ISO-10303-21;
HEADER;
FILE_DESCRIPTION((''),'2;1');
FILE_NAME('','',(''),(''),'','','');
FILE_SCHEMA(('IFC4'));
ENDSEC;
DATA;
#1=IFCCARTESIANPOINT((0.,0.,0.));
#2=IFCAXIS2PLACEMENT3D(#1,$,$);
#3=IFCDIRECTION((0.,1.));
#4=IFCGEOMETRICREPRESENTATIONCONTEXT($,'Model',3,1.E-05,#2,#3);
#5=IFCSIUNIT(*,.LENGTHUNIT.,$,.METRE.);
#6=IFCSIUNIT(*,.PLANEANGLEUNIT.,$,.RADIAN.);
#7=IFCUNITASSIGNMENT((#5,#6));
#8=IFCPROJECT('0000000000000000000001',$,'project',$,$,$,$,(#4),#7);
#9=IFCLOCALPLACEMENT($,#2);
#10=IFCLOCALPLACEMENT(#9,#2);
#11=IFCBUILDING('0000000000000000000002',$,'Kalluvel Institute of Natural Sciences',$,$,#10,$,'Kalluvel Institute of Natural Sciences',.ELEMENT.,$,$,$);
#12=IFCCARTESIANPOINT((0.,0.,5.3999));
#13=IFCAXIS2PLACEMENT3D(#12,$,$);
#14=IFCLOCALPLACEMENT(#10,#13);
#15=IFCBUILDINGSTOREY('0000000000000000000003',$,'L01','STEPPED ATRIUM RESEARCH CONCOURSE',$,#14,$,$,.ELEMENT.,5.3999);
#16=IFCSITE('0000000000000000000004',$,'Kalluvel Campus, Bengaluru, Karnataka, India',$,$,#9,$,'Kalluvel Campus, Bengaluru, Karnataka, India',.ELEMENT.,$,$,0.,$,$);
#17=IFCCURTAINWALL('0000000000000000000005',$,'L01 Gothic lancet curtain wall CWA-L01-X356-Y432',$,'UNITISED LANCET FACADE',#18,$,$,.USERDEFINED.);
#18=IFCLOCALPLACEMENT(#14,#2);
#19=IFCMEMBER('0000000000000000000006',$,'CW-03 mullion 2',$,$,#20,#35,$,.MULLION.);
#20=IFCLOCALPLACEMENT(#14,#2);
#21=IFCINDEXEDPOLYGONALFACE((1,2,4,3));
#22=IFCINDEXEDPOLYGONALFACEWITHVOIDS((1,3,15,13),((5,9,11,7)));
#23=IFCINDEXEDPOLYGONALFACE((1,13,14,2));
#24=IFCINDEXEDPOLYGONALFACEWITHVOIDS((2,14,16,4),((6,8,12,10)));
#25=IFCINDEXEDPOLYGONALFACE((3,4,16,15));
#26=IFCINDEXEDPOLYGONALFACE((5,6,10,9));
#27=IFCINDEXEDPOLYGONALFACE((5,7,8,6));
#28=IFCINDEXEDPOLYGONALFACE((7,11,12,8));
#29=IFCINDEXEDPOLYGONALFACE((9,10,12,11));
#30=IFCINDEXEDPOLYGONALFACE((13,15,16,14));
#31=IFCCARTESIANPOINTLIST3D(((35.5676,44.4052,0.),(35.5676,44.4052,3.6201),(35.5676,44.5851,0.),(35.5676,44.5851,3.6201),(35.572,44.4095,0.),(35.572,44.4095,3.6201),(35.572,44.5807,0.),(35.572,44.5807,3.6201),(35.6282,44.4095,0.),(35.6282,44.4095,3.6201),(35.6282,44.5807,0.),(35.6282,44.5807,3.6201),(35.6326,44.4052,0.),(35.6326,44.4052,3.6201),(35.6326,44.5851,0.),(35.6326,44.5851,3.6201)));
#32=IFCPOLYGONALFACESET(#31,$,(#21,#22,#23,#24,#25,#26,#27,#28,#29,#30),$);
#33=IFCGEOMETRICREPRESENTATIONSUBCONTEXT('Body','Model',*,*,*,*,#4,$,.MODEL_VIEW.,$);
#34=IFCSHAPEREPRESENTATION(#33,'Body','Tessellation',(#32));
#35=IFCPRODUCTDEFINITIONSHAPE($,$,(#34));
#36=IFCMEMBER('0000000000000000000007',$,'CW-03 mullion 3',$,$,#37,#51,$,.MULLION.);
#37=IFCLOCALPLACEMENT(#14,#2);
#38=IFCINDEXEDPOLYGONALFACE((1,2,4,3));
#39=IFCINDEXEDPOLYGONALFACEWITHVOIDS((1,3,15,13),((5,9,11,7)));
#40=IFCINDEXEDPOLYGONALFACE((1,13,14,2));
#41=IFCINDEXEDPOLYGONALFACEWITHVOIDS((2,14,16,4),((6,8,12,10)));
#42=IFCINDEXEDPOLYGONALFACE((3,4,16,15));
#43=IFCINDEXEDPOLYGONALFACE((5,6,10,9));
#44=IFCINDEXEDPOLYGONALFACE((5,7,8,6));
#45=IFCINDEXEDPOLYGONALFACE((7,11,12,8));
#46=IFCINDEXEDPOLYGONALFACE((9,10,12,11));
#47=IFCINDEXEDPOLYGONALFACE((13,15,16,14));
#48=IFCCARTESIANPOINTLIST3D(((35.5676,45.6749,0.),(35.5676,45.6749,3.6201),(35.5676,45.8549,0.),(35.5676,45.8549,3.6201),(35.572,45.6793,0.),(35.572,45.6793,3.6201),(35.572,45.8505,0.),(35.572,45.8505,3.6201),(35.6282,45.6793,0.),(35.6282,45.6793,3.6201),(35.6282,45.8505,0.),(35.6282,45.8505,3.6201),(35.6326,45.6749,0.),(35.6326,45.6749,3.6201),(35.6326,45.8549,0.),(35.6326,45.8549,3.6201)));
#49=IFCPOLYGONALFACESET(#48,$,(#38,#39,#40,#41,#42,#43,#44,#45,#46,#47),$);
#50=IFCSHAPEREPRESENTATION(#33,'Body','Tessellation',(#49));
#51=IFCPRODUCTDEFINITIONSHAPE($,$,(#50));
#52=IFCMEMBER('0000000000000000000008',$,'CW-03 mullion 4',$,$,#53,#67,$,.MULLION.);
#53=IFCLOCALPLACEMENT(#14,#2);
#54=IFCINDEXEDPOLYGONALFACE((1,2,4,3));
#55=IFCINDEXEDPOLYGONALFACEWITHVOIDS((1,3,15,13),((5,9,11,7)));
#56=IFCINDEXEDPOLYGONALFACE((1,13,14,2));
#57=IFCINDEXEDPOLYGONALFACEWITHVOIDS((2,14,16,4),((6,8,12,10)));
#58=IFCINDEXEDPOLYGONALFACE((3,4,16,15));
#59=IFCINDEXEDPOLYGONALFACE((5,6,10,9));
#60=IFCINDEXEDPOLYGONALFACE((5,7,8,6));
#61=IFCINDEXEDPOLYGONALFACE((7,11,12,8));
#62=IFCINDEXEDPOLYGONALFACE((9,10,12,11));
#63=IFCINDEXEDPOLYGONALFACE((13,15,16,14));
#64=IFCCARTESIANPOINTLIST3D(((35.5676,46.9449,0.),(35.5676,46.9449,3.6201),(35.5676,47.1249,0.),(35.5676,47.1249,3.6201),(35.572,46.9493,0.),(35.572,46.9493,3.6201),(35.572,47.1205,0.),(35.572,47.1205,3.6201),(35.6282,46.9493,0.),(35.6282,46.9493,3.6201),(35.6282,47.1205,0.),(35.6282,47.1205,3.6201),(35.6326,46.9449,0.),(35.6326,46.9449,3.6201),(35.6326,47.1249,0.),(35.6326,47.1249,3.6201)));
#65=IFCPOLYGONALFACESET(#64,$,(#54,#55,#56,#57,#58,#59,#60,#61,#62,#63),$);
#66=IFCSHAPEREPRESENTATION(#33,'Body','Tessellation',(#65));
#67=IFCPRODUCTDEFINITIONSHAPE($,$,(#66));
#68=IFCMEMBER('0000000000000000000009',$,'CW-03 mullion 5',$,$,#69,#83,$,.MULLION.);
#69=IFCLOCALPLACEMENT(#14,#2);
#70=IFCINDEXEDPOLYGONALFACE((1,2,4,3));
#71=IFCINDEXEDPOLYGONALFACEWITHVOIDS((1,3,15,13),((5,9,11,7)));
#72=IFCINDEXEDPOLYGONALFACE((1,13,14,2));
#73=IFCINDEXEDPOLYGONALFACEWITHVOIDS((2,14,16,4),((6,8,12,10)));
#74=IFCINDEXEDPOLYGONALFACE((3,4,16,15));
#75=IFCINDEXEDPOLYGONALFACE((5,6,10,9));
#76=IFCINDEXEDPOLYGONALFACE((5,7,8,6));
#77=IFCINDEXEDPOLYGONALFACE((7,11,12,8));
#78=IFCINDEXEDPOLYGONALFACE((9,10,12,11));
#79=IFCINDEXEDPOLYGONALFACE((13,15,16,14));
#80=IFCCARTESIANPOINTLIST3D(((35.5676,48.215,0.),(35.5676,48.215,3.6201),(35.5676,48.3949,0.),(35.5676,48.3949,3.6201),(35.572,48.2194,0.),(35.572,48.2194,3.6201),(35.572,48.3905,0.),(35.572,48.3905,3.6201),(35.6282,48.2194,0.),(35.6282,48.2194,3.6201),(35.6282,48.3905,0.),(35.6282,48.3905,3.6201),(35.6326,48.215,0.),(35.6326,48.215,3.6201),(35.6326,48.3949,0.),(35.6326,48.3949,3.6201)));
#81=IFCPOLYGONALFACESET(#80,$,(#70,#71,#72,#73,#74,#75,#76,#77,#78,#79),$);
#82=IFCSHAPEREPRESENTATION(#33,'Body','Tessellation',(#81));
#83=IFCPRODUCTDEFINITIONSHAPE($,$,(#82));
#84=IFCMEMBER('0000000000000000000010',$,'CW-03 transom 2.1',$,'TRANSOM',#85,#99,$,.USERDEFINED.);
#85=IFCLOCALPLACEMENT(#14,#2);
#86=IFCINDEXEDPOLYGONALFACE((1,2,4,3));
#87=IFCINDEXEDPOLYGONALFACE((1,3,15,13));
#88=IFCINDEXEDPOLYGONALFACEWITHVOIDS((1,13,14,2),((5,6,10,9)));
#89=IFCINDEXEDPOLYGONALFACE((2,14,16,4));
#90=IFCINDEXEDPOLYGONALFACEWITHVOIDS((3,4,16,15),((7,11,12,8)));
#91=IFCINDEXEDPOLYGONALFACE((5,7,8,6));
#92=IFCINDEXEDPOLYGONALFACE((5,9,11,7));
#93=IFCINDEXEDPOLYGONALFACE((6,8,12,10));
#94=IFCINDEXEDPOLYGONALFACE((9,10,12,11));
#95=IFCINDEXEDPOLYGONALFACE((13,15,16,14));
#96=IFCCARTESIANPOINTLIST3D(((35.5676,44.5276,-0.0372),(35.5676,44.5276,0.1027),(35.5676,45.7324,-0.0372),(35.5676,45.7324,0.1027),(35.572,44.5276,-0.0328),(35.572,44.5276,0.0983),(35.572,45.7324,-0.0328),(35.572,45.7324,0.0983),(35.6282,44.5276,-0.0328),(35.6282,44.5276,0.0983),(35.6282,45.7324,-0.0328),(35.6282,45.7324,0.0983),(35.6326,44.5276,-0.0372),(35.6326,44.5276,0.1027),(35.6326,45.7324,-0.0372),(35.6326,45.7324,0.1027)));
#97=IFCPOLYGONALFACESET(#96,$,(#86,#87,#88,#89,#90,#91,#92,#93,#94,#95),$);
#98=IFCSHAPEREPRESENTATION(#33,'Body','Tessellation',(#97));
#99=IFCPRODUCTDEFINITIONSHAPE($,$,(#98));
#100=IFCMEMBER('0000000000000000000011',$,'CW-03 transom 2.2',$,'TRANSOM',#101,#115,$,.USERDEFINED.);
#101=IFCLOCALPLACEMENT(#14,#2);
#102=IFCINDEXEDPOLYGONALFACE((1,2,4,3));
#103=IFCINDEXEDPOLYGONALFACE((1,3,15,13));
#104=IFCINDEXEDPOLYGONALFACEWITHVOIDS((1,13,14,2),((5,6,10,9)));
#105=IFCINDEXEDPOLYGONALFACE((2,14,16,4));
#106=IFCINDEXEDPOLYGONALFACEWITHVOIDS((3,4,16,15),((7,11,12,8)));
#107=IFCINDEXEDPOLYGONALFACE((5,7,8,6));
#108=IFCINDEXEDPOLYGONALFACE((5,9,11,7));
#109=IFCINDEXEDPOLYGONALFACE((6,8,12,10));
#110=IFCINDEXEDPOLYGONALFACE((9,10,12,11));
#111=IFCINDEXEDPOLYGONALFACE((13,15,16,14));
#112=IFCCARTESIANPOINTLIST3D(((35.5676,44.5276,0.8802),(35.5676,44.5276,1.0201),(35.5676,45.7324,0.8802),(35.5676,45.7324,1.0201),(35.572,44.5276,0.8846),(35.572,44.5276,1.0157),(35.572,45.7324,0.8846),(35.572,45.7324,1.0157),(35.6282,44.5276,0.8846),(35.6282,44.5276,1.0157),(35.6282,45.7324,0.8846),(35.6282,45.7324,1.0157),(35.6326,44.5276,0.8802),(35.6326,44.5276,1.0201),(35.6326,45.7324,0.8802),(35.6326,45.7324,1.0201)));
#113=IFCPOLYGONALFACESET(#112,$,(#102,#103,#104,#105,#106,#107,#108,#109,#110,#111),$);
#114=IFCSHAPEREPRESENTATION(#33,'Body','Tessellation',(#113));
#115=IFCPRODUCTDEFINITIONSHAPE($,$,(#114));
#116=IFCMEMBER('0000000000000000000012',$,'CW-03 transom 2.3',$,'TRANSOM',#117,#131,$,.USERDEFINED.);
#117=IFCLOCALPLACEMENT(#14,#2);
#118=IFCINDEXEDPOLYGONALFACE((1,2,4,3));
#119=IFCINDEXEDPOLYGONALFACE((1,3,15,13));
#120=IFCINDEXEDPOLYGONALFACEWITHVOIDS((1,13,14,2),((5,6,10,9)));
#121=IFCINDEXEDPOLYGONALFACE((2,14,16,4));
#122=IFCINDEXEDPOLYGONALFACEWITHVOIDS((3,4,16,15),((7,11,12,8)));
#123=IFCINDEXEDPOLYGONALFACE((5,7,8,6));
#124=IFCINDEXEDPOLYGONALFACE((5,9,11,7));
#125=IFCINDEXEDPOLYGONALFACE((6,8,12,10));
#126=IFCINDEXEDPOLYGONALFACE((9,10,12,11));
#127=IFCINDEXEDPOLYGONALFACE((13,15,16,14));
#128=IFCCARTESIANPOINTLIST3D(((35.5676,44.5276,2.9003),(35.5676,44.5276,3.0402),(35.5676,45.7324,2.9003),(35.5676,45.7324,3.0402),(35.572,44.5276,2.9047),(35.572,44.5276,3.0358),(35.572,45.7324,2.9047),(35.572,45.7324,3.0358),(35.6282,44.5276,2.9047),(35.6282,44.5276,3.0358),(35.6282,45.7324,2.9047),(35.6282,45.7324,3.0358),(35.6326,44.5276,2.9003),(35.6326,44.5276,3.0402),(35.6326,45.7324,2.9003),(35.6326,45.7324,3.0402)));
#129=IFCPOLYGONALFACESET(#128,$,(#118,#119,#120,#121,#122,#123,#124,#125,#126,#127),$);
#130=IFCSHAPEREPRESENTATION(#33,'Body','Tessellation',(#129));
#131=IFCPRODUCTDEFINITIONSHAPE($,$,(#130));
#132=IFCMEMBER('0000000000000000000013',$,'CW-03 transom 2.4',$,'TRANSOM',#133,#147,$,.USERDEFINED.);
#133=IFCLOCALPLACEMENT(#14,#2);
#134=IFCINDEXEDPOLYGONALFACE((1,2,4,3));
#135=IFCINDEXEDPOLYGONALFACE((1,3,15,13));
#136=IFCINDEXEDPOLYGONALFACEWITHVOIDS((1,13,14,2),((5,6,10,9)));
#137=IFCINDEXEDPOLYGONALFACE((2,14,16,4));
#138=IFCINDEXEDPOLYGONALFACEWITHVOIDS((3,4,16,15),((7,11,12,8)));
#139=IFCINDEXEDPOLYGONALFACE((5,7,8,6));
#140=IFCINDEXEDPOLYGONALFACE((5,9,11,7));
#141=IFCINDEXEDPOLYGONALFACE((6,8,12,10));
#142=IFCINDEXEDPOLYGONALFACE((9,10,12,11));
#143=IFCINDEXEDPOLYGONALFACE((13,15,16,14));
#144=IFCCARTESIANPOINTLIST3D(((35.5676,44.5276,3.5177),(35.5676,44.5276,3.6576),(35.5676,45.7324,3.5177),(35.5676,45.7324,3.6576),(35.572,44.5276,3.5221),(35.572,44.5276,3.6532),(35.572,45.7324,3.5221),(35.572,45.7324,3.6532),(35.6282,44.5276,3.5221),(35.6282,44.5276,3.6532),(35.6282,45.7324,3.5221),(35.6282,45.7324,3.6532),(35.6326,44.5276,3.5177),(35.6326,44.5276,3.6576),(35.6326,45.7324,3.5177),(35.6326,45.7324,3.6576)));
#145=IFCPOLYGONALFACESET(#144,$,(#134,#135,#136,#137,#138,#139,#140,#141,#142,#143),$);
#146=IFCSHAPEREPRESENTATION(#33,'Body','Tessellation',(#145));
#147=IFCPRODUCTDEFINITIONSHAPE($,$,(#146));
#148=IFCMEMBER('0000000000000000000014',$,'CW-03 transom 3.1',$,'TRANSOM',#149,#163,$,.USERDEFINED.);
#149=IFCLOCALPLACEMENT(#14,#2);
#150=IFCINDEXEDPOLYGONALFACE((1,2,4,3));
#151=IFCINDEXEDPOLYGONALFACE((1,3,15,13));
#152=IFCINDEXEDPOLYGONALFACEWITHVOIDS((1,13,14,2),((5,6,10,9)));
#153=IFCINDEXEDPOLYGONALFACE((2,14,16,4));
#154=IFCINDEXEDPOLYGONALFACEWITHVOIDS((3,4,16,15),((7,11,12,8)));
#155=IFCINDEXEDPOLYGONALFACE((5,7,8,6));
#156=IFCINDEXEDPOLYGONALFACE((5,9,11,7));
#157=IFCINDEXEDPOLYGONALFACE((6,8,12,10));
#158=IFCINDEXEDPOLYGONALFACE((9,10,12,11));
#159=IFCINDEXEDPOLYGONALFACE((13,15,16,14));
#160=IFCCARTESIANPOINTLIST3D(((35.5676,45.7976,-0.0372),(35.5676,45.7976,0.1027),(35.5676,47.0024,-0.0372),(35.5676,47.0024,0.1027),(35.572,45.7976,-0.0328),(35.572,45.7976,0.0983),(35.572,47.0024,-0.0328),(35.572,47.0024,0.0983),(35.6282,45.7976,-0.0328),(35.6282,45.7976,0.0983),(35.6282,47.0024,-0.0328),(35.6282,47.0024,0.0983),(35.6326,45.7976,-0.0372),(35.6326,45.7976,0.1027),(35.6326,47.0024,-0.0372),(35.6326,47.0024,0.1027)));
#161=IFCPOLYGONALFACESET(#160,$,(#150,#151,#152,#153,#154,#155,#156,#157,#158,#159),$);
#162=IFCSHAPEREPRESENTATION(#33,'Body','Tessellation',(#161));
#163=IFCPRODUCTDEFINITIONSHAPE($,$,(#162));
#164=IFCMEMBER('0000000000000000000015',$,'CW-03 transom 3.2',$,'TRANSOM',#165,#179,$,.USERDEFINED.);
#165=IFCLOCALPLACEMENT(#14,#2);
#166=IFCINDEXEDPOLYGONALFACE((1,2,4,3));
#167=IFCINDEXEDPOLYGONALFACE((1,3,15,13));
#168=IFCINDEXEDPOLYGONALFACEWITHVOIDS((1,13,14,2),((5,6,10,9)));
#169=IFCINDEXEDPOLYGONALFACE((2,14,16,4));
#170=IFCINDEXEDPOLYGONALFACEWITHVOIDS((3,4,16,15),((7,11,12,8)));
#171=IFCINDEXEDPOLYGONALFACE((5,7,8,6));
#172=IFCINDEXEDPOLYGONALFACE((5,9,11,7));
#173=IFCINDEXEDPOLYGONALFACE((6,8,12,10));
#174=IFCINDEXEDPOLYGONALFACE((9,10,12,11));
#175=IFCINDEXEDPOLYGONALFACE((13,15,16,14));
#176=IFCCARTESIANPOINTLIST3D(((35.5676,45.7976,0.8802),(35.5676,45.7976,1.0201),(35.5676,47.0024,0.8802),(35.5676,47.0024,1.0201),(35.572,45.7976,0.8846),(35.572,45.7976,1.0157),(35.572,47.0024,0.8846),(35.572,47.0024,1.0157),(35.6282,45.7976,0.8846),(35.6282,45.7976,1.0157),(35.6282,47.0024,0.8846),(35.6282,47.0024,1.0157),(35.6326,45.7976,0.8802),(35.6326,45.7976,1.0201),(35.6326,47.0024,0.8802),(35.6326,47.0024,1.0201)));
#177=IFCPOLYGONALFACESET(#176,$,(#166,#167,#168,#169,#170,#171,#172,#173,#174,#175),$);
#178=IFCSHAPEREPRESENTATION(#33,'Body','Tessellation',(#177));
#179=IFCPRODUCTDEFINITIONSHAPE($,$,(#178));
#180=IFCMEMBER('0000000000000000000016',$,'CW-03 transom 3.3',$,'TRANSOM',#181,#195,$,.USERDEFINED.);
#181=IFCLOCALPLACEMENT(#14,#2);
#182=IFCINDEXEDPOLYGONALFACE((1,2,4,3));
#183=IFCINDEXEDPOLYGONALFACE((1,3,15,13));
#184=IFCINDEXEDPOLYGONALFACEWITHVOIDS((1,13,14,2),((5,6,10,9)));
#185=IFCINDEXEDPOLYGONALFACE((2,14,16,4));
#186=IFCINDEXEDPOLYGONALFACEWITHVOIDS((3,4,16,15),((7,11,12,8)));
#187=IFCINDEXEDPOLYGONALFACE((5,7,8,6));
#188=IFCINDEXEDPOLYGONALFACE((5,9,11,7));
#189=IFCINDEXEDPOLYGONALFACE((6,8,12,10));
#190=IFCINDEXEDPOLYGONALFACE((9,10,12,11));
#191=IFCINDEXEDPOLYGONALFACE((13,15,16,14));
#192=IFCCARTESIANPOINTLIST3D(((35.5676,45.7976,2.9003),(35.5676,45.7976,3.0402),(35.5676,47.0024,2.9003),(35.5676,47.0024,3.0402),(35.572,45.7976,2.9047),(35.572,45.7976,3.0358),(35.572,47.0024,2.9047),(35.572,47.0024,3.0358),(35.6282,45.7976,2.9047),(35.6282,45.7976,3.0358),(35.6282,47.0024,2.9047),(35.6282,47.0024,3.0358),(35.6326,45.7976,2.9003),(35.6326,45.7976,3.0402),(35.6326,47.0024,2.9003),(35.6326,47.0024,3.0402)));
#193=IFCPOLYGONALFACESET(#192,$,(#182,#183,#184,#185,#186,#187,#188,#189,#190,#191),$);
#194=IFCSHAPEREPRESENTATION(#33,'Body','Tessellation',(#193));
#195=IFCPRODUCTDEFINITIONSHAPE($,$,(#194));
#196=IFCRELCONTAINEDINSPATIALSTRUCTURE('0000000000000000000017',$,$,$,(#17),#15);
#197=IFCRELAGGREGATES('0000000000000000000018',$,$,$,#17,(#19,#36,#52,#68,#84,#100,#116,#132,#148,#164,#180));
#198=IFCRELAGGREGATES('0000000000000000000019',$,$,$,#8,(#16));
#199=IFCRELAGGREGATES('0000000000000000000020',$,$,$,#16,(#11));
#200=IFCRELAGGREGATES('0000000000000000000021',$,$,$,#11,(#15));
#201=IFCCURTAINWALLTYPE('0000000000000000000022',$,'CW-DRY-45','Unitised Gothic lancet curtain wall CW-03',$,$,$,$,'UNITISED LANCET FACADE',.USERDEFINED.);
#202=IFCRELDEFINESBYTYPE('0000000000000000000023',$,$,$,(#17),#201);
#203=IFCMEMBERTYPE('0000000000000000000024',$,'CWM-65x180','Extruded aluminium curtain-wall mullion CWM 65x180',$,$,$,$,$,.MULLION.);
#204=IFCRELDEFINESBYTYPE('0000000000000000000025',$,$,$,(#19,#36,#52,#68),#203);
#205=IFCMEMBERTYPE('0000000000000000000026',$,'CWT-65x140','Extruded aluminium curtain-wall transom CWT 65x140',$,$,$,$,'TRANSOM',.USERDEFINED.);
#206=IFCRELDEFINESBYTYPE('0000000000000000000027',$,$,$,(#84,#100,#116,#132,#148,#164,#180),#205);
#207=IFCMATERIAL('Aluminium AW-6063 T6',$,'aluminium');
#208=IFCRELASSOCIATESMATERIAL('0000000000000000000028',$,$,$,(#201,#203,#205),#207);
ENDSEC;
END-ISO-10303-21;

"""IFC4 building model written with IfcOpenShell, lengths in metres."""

from ifc_helpers import new_model, si_unit, direction, frame, origin, origin_2d, place, context, subcontext, project, spatial, hollow_rectangle, extrude, material, material_profile, profile_set, type_object, element, aggregate, save


model = new_model("IFC4")

# Units and contexts
model_context = context("Model", 3, precision=1e-05, world=origin(), true_north=direction((0.0, 1.0)))
body_context = subcontext(model_context, "Body", "Model", "MODEL_VIEW")
ifc_project = project(units=[si_unit("LENGTHUNIT", "METRE"), si_unit("PLANEANGLEUNIT", "RADIAN")], contexts=[model_context])

# Site, building, storey
site_placement = place(None, origin())
site = spatial("IfcSite", under=ifc_project, at=site_placement, Name="Kalluvel Campus, Bengaluru, Karnataka, India", LongName="Kalluvel Campus, Bengaluru, Karnataka, India", CompositionType="ELEMENT", RefElevation=0.0)
building_placement = place(site_placement, origin())
building = spatial("IfcBuilding", under=site, at=building_placement, Name="Kalluvel Institute of Natural Sciences", LongName="Kalluvel Institute of Natural Sciences", CompositionType="ELEMENT")
storey_placement = place(building_placement, frame((0.0, 0.0, 5.3999)))
storey = spatial("IfcBuildingStorey", under=building, at=storey_placement, Name="L01", Description="STEPPED ATRIUM RESEARCH CONCOURSE", CompositionType="ELEMENT", Elevation=5.3999)

# Curtain wall, members
ifc_material_1 = material(Name="Aluminium AW-6063 T6", Category="aluminium")
curtain_wall_type = type_object("IfcCurtainWallType", Name="CW-DRY-45", Description="Unitised Gothic lancet curtain wall CW-03", ElementType="UNITISED LANCET FACADE", PredefinedType="USERDEFINED", material=ifc_material_1)
curtain_wall_placement = place(storey_placement, origin())
curtain_wall = element("IfcCurtainWall", 1, at=curtain_wall_placement, inside=storey, type_object=curtain_wall_type, Name="L01 Gothic lancet curtain wall CWA-L01-X356-Y432", ObjectType="UNITISED LANCET FACADE", PredefinedType="USERDEFINED")
ifc_material_profile_1 = material_profile(ifc_material_1, hollow_rectangle(XDim=0.0649, YDim=0.1799, WallThickness=0.0044, at=origin_2d()), Name="CWM 65x180")
ifc_profile_set_1 = profile_set([ifc_material_profile_1], Name="Aluminium AW-6063 T6")
member_type_1 = type_object("IfcMemberType", Name="CWM-65x180", Description="Extruded aluminium curtain-wall mullion CWM 65x180", PredefinedType="MULLION", material=ifc_profile_set_1)
member_1_placement = place(storey_placement, frame((35.6001, 44.4951, 0.0), z_axis=(0.0, 0.0, 1.0), x_axis=(-1.0, 0.0, 0.0)))
member_1 = element("IfcMember", 2, at=member_1_placement, type_object=member_type_1, Name="CW-03 mullion 2", PredefinedType="MULLION", context=body_context, shape_type="SweptSolid", body=[
    extrude(hollow_rectangle(XDim=0.0649, YDim=0.1799, WallThickness=0.0044, at=origin_2d()), origin(), (0.0, 0.0, 1.0), 3.6201),
])
member_2_placement = place(storey_placement, frame((35.6001, 45.7649, 0.0), z_axis=(0.0, 0.0, 1.0), x_axis=(-1.0, 0.0, 0.0)))
member_2 = element("IfcMember", 3, at=member_2_placement, type_object=member_type_1, Name="CW-03 mullion 3", PredefinedType="MULLION", context=body_context, shape_type="SweptSolid", body=[
    extrude(hollow_rectangle(XDim=0.0649, YDim=0.1799, WallThickness=0.0044, at=origin_2d()), origin(), (0.0, 0.0, 1.0), 3.6201),
])
member_3_placement = place(storey_placement, frame((35.6001, 47.0349, 0.0), z_axis=(0.0, 0.0, 1.0), x_axis=(-1.0, 0.0, 0.0)))
member_3 = element("IfcMember", 4, at=member_3_placement, type_object=member_type_1, Name="CW-03 mullion 4", PredefinedType="MULLION", context=body_context, shape_type="SweptSolid", body=[
    extrude(hollow_rectangle(XDim=0.0649, YDim=0.1799, WallThickness=0.0044, at=origin_2d()), origin(), (0.0, 0.0, 1.0), 3.6201),
])
member_4_placement = place(storey_placement, frame((35.6001, 48.3049, 0.0), z_axis=(0.0, 0.0, 1.0), x_axis=(-1.0, 0.0, 0.0)))
member_4 = element("IfcMember", 5, at=member_4_placement, type_object=member_type_1, Name="CW-03 mullion 5", PredefinedType="MULLION", context=body_context, shape_type="SweptSolid", body=[
    extrude(hollow_rectangle(XDim=0.0649, YDim=0.1799, WallThickness=0.0044, at=origin_2d()), origin(), (0.0, 0.0, 1.0), 3.6201),
])
ifc_material_profile_2 = material_profile(ifc_material_1, hollow_rectangle(XDim=0.0649, YDim=0.1399, WallThickness=0.0044, at=origin_2d()), Name="CWT 65x140")
ifc_profile_set_2 = profile_set([ifc_material_profile_2], Name="Aluminium AW-6063 T6")
member_type_2 = type_object("IfcMemberType", Name="CWT-65x140", Description="Extruded aluminium curtain-wall transom CWT 65x140", ElementType="TRANSOM", PredefinedType="USERDEFINED", material=ifc_profile_set_2)
member_5_placement = place(storey_placement, frame((35.6001, 44.5276, 0.0327), z_axis=(0.0, 1.0, 0.0), x_axis=(-1.0, 0.0, 0.0)))
member_5 = element("IfcMember", 6, at=member_5_placement, type_object=member_type_2, Name="CW-03 transom 2.1", ObjectType="TRANSOM", PredefinedType="USERDEFINED", context=body_context, shape_type="SweptSolid", body=[
    extrude(hollow_rectangle(XDim=0.0649, YDim=0.1399, WallThickness=0.0044, at=origin_2d()), origin(), (0.0, 0.0, 1.0), 1.2048),
])
member_6_placement = place(storey_placement, frame((35.6001, 44.5276, 0.9502), z_axis=(0.0, 1.0, 0.0), x_axis=(-1.0, 0.0, 0.0)))
member_6 = element("IfcMember", 7, at=member_6_placement, type_object=member_type_2, Name="CW-03 transom 2.2", ObjectType="TRANSOM", PredefinedType="USERDEFINED", context=body_context, shape_type="SweptSolid", body=[
    extrude(hollow_rectangle(XDim=0.0649, YDim=0.1399, WallThickness=0.0044, at=origin_2d()), origin(), (0.0, 0.0, 1.0), 1.2048),
])
member_7_placement = place(storey_placement, frame((35.6001, 44.5276, 2.9702), z_axis=(0.0, 1.0, 0.0), x_axis=(-1.0, 0.0, 0.0)))
member_7 = element("IfcMember", 8, at=member_7_placement, type_object=member_type_2, Name="CW-03 transom 2.3", ObjectType="TRANSOM", PredefinedType="USERDEFINED", context=body_context, shape_type="SweptSolid", body=[
    extrude(hollow_rectangle(XDim=0.0649, YDim=0.1399, WallThickness=0.0044, at=origin_2d()), origin(), (0.0, 0.0, 1.0), 1.2048),
])
member_8_placement = place(storey_placement, frame((35.6001, 44.5276, 3.5876), z_axis=(0.0, 1.0, 0.0), x_axis=(-1.0, 0.0, 0.0)))
member_8 = element("IfcMember", 9, at=member_8_placement, type_object=member_type_2, Name="CW-03 transom 2.4", ObjectType="TRANSOM", PredefinedType="USERDEFINED", context=body_context, shape_type="SweptSolid", body=[
    extrude(hollow_rectangle(XDim=0.0649, YDim=0.1399, WallThickness=0.0044, at=origin_2d()), origin(), (0.0, 0.0, 1.0), 1.2048),
])
member_9_placement = place(storey_placement, frame((35.6001, 45.7976, 0.0327), z_axis=(0.0, 1.0, 0.0), x_axis=(-1.0, 0.0, 0.0)))
member_9 = element("IfcMember", 10, at=member_9_placement, type_object=member_type_2, Name="CW-03 transom 3.1", ObjectType="TRANSOM", PredefinedType="USERDEFINED", context=body_context, shape_type="SweptSolid", body=[
    extrude(hollow_rectangle(XDim=0.0649, YDim=0.1399, WallThickness=0.0044, at=origin_2d()), origin(), (0.0, 0.0, 1.0), 1.2048),
])
member_10_placement = place(storey_placement, frame((35.6001, 45.7976, 0.9502), z_axis=(0.0, 1.0, 0.0), x_axis=(-1.0, 0.0, 0.0)))
member_10 = element("IfcMember", 11, at=member_10_placement, type_object=member_type_2, Name="CW-03 transom 3.2", ObjectType="TRANSOM", PredefinedType="USERDEFINED", context=body_context, shape_type="SweptSolid", body=[
    extrude(hollow_rectangle(XDim=0.0649, YDim=0.1399, WallThickness=0.0044, at=origin_2d()), origin(), (0.0, 0.0, 1.0), 1.2048),
])
member_11_placement = place(storey_placement, frame((35.6001, 45.7976, 2.9702), z_axis=(0.0, 1.0, 0.0), x_axis=(-1.0, 0.0, 0.0)))
member_11 = element("IfcMember", 12, at=member_11_placement, type_object=member_type_2, Name="CW-03 transom 3.3", ObjectType="TRANSOM", PredefinedType="USERDEFINED", context=body_context, shape_type="SweptSolid", body=[
    extrude(hollow_rectangle(XDim=0.0649, YDim=0.1399, WallThickness=0.0044, at=origin_2d()), origin(), (0.0, 0.0, 1.0), 1.2048),
])
aggregate(curtain_wall, [member_1, member_2, member_3, member_4, member_5, member_6, member_7, member_8, member_9, member_10, member_11])

save(model, "model.ifc")
